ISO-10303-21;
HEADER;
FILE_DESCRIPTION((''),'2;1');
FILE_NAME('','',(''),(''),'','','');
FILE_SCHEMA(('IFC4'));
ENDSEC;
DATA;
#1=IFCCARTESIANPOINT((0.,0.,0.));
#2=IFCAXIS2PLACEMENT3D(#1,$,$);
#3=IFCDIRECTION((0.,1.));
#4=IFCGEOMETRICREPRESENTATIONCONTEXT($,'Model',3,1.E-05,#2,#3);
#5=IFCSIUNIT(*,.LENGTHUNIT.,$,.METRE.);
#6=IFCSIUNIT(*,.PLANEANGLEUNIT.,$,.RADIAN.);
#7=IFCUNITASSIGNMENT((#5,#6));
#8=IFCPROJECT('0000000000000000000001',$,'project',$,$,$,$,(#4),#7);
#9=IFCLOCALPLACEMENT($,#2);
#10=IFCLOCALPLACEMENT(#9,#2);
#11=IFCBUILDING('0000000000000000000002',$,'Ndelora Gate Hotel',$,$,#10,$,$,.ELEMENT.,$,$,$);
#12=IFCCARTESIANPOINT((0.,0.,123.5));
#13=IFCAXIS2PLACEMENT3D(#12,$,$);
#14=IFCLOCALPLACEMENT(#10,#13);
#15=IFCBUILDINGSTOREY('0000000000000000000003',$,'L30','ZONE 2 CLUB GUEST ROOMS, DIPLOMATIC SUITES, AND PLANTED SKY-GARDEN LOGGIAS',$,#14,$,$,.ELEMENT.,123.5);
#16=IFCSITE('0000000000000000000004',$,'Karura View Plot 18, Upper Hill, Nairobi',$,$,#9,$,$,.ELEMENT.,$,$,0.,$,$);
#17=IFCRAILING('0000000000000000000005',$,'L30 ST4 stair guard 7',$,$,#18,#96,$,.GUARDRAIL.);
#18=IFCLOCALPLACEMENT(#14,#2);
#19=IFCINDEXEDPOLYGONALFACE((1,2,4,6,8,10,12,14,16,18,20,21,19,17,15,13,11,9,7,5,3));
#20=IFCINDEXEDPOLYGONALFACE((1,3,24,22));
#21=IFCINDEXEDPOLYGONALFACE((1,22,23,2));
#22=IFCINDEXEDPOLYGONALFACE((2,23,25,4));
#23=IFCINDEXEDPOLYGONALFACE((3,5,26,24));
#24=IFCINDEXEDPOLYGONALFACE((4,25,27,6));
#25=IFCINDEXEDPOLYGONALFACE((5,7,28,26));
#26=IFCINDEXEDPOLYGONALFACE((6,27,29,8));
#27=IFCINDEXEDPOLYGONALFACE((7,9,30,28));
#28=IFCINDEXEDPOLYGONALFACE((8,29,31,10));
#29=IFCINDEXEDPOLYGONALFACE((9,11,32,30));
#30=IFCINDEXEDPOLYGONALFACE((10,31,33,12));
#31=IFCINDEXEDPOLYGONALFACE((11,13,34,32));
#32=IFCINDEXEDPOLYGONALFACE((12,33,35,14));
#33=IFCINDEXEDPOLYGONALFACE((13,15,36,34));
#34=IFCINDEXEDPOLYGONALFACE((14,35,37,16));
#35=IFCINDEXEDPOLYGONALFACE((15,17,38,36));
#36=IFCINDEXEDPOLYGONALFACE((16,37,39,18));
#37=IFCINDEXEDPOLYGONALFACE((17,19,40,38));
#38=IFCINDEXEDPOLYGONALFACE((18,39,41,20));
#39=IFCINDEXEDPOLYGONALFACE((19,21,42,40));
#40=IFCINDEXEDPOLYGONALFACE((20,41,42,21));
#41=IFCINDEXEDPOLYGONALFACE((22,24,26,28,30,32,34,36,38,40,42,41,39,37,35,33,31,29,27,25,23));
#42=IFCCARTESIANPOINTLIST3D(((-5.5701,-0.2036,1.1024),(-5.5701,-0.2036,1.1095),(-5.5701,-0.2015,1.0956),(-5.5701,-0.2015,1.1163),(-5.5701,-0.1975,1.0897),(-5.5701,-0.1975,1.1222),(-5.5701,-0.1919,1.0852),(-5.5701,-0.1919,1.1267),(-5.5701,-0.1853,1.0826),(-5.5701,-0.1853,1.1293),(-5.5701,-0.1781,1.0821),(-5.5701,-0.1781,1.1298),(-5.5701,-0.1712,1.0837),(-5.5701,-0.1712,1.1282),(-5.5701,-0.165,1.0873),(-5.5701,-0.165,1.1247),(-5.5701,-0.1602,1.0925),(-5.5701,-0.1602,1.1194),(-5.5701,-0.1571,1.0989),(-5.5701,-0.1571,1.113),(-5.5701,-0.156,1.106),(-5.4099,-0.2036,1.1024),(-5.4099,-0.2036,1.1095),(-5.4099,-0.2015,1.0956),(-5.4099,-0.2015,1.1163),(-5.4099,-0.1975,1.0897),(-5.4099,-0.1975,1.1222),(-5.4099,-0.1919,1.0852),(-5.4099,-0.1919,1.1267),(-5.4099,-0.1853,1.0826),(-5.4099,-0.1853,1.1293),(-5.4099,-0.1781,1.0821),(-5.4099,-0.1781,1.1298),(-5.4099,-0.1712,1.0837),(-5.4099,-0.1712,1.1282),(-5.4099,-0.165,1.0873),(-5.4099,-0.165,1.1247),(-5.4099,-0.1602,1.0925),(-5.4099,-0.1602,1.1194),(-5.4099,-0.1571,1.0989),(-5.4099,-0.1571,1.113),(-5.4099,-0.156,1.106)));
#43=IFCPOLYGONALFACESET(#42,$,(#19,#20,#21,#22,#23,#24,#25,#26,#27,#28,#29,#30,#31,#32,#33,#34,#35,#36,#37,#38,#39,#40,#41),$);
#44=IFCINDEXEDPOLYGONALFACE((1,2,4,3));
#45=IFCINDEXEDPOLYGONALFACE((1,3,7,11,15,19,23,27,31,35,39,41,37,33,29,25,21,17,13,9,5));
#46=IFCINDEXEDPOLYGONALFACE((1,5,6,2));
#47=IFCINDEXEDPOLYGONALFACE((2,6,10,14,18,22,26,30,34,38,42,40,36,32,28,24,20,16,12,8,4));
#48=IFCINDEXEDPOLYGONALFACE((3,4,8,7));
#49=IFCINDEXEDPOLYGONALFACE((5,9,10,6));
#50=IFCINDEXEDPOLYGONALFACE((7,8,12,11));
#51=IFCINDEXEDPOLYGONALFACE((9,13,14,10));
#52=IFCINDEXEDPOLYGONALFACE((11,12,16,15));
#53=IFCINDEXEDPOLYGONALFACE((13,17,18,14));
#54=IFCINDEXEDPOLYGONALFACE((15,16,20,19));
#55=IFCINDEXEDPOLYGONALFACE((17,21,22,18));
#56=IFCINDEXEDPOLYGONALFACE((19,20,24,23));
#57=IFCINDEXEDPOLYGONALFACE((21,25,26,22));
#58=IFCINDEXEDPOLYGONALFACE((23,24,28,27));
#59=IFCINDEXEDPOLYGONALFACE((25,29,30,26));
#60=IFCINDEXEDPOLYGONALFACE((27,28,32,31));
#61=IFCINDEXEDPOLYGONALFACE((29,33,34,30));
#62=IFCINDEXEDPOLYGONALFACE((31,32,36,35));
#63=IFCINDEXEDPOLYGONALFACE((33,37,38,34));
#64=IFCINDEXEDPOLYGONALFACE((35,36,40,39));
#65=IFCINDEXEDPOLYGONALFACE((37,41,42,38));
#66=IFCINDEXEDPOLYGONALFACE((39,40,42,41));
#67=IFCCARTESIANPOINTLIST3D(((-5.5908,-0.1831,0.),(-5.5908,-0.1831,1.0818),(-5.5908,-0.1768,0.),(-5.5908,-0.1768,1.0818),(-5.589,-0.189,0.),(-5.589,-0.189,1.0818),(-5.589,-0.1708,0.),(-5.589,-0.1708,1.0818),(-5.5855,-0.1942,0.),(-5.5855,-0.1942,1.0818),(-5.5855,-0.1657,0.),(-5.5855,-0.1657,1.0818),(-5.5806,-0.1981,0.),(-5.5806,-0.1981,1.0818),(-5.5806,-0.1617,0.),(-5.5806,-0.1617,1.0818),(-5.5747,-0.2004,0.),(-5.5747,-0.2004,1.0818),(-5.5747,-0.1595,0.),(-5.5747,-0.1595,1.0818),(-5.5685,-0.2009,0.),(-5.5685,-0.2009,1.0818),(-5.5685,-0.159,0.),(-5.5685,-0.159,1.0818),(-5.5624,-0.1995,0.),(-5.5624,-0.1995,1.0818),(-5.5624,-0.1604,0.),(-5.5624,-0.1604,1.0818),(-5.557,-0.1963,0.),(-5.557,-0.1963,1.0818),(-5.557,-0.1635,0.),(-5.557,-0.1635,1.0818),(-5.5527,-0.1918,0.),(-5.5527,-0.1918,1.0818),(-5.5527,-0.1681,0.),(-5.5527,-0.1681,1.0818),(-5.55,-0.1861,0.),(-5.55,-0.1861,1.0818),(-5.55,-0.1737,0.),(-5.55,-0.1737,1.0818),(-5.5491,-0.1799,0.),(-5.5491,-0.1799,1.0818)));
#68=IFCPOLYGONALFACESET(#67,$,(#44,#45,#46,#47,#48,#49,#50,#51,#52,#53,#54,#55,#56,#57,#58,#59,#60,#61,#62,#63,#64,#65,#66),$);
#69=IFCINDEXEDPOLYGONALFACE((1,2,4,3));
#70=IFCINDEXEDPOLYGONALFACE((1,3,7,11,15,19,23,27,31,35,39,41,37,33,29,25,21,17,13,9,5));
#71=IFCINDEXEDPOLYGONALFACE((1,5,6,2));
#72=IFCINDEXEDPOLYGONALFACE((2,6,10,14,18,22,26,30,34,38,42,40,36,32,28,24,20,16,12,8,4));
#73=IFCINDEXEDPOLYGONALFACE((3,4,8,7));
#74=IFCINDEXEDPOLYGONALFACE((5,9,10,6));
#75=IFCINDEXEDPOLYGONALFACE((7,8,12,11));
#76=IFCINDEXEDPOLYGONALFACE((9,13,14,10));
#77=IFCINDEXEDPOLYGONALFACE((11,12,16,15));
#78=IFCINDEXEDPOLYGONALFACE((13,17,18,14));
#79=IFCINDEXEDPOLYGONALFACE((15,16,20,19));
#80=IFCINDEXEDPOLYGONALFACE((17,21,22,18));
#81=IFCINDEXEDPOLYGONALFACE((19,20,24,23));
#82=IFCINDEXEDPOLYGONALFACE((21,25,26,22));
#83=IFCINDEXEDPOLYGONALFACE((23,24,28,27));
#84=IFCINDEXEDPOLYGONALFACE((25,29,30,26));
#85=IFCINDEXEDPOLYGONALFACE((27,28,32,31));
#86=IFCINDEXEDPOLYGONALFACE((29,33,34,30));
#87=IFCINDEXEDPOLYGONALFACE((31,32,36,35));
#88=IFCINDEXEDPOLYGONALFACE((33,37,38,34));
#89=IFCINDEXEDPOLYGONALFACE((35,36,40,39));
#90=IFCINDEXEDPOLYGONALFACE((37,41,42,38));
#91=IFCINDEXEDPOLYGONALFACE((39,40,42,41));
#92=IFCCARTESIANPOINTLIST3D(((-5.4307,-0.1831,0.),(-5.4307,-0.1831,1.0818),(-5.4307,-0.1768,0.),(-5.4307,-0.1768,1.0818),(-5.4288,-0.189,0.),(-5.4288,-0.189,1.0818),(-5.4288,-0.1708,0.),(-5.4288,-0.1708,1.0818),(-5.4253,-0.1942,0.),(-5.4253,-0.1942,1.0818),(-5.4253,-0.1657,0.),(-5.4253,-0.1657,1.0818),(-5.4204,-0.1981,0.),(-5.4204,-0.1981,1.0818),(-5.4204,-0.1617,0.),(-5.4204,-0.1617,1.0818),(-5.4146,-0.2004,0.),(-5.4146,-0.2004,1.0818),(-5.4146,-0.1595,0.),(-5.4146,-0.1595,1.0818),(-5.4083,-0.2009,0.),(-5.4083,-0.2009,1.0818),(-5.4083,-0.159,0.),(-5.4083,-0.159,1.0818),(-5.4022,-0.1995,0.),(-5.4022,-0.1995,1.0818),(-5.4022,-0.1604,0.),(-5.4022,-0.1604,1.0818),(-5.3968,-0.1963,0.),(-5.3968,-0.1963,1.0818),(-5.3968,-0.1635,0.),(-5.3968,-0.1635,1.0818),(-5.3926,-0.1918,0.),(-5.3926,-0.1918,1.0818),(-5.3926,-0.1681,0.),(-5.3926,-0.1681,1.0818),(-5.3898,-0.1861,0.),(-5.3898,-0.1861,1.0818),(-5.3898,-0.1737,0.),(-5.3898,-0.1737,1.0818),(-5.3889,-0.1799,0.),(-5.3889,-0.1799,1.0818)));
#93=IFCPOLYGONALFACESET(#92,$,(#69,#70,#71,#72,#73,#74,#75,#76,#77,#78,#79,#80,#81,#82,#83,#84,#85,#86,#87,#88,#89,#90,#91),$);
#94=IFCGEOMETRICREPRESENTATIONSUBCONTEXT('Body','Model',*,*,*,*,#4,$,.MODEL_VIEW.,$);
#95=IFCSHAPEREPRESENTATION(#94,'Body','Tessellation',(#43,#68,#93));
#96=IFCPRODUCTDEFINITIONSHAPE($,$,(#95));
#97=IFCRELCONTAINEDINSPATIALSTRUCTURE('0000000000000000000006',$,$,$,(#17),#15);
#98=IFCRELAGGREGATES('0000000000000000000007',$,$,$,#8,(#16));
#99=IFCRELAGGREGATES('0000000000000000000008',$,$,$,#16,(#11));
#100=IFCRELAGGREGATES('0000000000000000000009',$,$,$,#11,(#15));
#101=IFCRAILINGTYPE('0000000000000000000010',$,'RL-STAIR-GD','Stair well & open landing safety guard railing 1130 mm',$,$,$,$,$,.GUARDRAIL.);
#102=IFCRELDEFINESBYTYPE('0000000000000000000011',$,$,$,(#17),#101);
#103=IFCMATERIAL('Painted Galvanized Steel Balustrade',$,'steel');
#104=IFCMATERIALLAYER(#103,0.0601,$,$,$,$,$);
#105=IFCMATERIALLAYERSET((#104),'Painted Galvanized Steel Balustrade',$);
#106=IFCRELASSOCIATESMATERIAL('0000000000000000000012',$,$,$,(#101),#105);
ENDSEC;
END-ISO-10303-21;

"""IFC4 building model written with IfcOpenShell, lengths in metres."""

from ifc_helpers import new_model, si_unit, direction, frame, origin, origin_2d, place, context, subcontext, project, spatial, circle, extrude, material, layer, layer_set, type_object, element, save


model = new_model("IFC4")

# Units and contexts
model_context = context("Model", 3, precision=1e-05, world=origin(), true_north=direction((0.0, 1.0)))
body_context = subcontext(model_context, "Body", "Model", "MODEL_VIEW")
ifc_project = project(units=[si_unit("LENGTHUNIT", "METRE"), si_unit("PLANEANGLEUNIT", "RADIAN")], contexts=[model_context])

# Site, building, storey
site_placement = place(None, origin())
site = spatial("IfcSite", under=ifc_project, at=site_placement, Name="Karura View Plot 18, Upper Hill, Nairobi", CompositionType="ELEMENT", RefElevation=0.0)
building_placement = place(site_placement, origin())
building = spatial("IfcBuilding", under=site, at=building_placement, Name="Ndelora Gate Hotel", CompositionType="ELEMENT")
storey_placement = place(building_placement, frame((0.0, 0.0, 123.5)))
storey = spatial("IfcBuildingStorey", under=building, at=storey_placement, Name="L30", Description="ZONE 2 CLUB GUEST ROOMS, DIPLOMATIC SUITES, AND PLANTED SKY-GARDEN LOGGIAS", CompositionType="ELEMENT", Elevation=123.5)

# Railing
ifc_material_1 = material(Name="Painted Galvanized Steel Balustrade", Category="steel")
ifc_layer_1 = layer(ifc_material_1, 0.0601)
ifc_layer_set_1 = layer_set([ifc_layer_1], Name="Painted Galvanized Steel Balustrade")
railing_type_1 = type_object("IfcRailingType", Name="RL-STAIR-GD", Description="Stair well & open landing safety guard railing 1130 mm", PredefinedType="GUARDRAIL", material=ifc_layer_set_1)
railing_1_placement = place(storey_placement, frame((-5.5701, -0.1799, 0.0)))
element("IfcRailing", 1, at=railing_1_placement, inside=storey, type_object=railing_type_1, Name="L30 ST4 stair guard 7", PredefinedType="GUARDRAIL", context=body_context, shape_type="SweptSolid", body=[
    extrude(circle(Radius=0.0239, at=origin_2d()), frame((0.0, 0.0, 1.106), z_axis=(1.0, 0.0, 0.0), x_axis=(0.0, 1.0, 0.0)), (0.0, 0.0, 1.0), 0.1602),
    extrude(circle(Radius=0.021, at=origin_2d()), origin(), (0.0, 0.0, 1.0), 1.0818),
    extrude(circle(Radius=0.021, at=origin_2d()), frame((0.1602, 0.0, 0.0)), (0.0, 0.0, 1.0), 1.0818),
])

save(model, "model.ifc")
